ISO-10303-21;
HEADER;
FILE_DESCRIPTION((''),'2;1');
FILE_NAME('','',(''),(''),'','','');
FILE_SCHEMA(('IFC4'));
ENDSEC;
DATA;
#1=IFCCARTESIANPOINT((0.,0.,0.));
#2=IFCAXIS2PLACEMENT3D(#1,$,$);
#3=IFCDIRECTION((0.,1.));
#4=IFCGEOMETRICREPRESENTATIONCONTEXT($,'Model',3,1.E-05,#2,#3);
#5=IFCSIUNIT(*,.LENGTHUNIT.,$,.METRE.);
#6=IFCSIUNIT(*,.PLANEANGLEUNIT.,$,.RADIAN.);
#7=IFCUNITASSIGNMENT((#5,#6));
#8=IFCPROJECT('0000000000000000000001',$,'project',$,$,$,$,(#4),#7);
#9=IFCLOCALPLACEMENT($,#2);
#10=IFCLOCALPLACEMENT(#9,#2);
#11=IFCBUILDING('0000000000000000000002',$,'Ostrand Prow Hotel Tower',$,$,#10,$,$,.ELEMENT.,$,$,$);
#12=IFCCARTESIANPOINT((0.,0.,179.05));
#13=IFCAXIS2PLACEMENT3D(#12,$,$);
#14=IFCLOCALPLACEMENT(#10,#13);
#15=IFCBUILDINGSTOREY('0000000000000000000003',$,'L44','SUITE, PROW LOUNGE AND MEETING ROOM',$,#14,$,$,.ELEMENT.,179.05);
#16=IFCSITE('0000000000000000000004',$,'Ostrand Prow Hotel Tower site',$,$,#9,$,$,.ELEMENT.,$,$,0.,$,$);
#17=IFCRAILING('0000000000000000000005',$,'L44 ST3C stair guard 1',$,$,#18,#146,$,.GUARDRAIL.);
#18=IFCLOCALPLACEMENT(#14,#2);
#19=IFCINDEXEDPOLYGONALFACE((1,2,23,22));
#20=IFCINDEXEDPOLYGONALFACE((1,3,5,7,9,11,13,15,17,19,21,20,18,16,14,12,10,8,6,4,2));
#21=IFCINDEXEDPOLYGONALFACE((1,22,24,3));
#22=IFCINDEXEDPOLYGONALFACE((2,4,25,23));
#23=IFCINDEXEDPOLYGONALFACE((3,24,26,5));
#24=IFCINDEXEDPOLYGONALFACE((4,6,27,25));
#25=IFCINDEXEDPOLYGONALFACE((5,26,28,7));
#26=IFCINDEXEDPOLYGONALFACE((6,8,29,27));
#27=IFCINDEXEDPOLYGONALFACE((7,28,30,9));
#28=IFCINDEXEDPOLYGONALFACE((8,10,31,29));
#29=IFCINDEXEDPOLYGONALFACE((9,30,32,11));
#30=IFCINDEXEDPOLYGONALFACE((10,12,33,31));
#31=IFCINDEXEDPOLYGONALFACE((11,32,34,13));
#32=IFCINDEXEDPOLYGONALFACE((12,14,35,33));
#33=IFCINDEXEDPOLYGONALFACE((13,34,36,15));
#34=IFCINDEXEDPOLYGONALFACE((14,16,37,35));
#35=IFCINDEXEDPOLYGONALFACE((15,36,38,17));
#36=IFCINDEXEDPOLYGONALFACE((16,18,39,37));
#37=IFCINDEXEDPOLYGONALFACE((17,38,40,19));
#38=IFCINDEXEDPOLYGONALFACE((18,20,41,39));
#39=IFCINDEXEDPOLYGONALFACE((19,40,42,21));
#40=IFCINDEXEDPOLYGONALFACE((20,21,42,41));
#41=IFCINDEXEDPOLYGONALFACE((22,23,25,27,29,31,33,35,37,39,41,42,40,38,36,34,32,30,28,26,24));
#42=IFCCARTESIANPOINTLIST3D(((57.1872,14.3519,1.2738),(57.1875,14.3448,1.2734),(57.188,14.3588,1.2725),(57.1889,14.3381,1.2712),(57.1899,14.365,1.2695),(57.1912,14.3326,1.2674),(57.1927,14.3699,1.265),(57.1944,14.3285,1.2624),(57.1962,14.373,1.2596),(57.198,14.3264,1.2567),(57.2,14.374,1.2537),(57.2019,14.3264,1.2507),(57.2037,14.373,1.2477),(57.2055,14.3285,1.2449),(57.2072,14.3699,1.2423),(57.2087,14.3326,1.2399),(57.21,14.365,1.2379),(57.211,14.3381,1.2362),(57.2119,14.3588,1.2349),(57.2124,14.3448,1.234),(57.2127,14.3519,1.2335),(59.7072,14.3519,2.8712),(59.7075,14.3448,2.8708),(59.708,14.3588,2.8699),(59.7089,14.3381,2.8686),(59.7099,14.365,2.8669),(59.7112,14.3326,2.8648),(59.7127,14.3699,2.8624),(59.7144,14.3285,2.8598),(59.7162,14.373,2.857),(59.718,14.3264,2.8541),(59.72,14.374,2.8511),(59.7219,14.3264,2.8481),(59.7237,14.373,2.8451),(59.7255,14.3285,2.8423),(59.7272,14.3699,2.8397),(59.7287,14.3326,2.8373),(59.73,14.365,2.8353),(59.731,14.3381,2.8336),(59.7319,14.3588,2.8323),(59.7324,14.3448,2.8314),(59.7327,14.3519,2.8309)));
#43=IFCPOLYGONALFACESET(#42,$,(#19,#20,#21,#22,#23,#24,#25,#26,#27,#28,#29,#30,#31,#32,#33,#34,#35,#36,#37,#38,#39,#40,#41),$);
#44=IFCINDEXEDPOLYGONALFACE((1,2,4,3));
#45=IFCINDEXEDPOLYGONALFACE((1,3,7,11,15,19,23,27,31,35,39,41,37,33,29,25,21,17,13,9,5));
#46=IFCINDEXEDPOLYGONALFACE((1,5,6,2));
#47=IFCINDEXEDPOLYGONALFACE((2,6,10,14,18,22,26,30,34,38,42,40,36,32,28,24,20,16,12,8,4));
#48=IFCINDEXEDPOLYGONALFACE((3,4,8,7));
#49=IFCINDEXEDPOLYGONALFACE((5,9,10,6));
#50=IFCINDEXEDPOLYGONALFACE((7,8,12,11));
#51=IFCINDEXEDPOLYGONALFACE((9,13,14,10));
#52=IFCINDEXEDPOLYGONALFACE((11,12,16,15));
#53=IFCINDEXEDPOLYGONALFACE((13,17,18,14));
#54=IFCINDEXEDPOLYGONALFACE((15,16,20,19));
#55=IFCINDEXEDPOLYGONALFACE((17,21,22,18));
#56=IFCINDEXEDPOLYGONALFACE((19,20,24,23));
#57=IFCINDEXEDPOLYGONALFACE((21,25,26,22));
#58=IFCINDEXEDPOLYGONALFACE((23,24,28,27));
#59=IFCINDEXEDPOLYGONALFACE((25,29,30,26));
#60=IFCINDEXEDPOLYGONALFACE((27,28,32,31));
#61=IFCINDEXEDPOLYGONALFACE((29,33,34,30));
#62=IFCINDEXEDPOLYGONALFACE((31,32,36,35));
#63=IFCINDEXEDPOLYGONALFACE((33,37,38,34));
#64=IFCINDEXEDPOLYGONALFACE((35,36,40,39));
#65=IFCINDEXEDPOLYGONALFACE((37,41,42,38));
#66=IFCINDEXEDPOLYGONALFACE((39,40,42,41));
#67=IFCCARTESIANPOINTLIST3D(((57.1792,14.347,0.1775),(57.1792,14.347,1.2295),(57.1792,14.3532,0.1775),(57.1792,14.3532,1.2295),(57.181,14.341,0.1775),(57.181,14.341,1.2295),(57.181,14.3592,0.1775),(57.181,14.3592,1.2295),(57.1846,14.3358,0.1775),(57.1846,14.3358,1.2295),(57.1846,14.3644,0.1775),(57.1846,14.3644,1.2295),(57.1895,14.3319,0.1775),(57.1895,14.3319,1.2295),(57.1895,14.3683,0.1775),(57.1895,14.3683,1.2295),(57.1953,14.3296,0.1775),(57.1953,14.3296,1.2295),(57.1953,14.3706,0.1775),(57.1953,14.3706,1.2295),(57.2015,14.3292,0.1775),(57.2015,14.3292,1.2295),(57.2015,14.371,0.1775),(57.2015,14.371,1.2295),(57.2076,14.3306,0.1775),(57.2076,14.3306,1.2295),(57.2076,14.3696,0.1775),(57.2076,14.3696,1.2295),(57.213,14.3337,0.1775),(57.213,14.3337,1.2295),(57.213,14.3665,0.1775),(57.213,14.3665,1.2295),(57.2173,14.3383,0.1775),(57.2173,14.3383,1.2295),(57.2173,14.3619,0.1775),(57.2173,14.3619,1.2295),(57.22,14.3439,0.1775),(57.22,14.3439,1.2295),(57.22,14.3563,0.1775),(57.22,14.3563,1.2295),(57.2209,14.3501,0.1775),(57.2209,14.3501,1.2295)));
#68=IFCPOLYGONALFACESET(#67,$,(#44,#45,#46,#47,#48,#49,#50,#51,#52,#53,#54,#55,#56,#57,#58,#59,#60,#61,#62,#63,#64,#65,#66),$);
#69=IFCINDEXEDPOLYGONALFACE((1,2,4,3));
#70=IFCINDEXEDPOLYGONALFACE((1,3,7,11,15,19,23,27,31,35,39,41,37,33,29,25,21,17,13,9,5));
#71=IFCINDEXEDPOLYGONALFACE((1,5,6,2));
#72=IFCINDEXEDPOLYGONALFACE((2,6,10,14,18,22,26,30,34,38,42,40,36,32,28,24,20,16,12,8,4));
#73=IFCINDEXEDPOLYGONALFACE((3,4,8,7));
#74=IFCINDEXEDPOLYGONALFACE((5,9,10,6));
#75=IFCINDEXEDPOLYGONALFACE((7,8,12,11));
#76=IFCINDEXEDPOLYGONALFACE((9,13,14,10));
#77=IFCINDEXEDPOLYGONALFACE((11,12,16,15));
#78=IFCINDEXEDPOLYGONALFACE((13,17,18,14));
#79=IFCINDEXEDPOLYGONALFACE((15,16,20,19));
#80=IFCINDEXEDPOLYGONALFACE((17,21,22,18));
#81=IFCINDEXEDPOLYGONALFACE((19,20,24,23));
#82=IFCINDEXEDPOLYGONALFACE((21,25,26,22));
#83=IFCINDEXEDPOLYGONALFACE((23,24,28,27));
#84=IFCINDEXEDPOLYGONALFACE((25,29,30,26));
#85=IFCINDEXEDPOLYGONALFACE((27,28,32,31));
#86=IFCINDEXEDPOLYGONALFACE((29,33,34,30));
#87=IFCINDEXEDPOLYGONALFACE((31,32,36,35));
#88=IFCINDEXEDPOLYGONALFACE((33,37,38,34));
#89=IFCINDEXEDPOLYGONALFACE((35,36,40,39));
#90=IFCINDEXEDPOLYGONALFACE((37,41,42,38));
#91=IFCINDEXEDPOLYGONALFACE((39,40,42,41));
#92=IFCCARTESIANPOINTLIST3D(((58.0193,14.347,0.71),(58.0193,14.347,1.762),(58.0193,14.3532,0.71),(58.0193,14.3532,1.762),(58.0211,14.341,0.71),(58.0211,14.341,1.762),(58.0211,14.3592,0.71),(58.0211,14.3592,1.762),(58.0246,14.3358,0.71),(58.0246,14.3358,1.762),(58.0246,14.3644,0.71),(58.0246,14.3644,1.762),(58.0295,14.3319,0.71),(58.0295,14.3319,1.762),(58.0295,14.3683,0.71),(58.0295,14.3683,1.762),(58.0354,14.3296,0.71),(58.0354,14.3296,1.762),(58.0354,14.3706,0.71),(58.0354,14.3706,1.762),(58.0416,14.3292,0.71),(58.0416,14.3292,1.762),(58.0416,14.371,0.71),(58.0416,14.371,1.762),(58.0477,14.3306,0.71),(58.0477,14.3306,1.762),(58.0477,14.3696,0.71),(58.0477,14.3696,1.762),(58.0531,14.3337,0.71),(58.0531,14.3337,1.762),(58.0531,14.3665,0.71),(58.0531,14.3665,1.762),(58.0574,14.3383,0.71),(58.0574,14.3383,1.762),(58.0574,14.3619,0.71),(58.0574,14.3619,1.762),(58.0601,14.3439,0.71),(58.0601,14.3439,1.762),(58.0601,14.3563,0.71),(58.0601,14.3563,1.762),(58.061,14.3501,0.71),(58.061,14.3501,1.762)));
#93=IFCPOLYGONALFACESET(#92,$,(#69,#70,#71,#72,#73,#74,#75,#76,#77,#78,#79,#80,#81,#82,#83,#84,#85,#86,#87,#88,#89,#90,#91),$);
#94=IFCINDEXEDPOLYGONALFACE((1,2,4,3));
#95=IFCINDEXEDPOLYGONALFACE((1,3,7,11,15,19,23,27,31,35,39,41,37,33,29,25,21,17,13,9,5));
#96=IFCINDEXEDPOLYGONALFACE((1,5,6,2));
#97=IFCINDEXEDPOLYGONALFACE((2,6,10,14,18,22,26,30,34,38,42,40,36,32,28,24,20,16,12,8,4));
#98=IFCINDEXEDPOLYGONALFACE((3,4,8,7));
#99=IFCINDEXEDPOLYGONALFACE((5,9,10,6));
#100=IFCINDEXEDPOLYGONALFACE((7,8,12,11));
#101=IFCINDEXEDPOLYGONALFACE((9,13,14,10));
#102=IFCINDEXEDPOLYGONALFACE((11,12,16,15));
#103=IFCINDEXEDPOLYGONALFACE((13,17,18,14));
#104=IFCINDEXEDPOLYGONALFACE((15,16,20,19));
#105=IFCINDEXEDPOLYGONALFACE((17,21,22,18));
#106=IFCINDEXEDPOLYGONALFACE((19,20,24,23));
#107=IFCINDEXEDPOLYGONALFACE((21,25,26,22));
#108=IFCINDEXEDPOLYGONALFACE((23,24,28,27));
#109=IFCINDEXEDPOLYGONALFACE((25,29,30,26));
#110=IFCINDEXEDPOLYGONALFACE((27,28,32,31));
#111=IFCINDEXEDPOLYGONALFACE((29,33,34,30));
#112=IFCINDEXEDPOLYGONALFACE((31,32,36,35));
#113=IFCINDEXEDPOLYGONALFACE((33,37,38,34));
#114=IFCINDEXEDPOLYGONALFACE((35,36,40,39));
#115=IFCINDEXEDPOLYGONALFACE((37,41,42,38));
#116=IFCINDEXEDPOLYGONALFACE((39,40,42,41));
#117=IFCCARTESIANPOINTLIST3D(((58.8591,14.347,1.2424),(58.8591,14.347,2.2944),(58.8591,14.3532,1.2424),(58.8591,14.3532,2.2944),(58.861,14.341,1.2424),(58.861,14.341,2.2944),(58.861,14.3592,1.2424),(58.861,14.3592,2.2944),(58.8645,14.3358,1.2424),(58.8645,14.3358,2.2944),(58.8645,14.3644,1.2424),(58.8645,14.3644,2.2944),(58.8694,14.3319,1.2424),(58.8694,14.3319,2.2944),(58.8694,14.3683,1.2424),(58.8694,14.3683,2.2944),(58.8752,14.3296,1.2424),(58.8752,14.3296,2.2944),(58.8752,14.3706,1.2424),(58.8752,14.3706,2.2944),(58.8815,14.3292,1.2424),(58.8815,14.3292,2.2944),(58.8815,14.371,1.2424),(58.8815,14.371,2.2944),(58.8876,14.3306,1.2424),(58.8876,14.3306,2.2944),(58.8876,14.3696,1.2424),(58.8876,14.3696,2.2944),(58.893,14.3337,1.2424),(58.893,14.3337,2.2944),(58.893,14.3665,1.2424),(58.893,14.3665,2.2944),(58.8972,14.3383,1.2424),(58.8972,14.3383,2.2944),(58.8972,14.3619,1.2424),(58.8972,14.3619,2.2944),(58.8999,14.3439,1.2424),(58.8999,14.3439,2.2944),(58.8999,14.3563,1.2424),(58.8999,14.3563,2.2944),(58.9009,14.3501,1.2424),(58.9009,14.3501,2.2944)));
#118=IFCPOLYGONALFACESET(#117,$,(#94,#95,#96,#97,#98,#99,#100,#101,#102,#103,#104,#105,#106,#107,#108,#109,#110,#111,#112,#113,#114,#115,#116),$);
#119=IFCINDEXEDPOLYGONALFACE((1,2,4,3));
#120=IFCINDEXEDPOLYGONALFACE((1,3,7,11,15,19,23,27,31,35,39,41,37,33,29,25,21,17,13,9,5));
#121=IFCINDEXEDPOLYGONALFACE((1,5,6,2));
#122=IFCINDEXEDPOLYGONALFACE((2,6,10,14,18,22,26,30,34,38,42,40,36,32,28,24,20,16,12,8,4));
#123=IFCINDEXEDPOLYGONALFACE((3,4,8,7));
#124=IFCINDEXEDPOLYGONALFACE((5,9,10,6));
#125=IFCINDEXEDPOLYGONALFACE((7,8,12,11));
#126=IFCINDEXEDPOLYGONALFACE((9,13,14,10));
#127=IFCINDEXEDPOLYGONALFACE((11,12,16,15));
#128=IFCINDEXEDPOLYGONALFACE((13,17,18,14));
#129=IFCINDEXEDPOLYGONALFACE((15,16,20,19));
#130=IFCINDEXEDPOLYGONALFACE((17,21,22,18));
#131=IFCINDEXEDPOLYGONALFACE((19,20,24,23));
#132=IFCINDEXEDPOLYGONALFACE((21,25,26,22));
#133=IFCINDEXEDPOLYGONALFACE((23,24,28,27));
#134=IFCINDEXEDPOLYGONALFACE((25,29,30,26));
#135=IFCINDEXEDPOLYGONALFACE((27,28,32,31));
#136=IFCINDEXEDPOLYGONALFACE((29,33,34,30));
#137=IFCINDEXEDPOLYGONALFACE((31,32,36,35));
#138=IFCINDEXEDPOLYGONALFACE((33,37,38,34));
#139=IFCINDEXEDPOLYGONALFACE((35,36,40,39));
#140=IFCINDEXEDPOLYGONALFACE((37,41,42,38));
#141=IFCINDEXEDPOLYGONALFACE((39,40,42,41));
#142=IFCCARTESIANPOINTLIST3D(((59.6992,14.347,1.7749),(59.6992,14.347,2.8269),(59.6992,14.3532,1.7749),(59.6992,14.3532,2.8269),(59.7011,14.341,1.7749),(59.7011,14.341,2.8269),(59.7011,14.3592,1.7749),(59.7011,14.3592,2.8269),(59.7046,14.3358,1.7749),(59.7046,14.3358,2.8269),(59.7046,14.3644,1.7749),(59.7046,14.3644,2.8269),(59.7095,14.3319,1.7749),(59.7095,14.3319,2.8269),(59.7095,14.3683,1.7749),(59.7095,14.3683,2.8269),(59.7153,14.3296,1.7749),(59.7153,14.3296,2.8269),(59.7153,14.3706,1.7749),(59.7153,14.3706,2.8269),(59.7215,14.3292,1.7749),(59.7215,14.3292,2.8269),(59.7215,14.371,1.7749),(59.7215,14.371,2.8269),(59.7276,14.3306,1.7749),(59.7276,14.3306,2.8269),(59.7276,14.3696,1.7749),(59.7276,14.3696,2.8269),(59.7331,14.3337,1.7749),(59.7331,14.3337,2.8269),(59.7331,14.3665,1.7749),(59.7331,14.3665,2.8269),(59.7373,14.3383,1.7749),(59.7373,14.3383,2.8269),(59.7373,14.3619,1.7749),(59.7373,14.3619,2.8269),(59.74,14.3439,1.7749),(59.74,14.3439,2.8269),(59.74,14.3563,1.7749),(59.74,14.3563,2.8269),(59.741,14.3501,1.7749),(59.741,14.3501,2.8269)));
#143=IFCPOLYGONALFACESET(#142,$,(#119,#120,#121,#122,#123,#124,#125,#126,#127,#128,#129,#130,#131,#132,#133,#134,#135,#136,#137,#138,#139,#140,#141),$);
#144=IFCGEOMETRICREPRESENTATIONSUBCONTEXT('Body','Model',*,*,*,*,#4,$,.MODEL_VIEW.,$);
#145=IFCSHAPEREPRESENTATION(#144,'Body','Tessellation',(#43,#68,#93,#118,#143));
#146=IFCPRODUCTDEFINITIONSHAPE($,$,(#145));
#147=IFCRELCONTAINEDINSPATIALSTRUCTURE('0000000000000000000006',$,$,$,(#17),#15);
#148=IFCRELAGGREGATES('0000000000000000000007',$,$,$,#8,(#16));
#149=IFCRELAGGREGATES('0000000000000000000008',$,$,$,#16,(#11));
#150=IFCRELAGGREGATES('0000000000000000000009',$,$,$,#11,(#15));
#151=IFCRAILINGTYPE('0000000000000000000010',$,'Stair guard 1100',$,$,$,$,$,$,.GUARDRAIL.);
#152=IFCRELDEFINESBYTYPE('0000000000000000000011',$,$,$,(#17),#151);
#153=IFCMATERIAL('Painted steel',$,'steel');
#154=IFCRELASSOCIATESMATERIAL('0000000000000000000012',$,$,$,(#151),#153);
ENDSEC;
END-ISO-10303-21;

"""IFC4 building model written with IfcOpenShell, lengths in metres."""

from ifc_helpers import new_model, si_unit, direction, frame, origin, origin_2d, place, context, subcontext, project, spatial, circle, extrude, material, type_object, element, save


model = new_model("IFC4")

# Units and contexts
model_context = context("Model", 3, precision=1e-05, world=origin(), true_north=direction((0.0, 1.0)))
body_context = subcontext(model_context, "Body", "Model", "MODEL_VIEW")
ifc_project = project(units=[si_unit("LENGTHUNIT", "METRE"), si_unit("PLANEANGLEUNIT", "RADIAN")], contexts=[model_context])

# Site, building, storey
site_placement = place(None, origin())
site = spatial("IfcSite", under=ifc_project, at=site_placement, Name="Ostrand Prow Hotel Tower site", CompositionType="ELEMENT", RefElevation=0.0)
building_placement = place(site_placement, origin())
building = spatial("IfcBuilding", under=site, at=building_placement, Name="Ostrand Prow Hotel Tower", CompositionType="ELEMENT")
storey_placement = place(building_placement, frame((0.0, 0.0, 179.05)))
storey = spatial("IfcBuildingStorey", under=building, at=storey_placement, Name="L44", Description="SUITE, PROW LOUNGE AND MEETING ROOM", CompositionType="ELEMENT", Elevation=179.05)

# Railing
ifc_material_1 = material(Name="Painted steel", Category="steel")
railing_type_1 = type_object("IfcRailingType", Name="Stair guard 1100", PredefinedType="GUARDRAIL", material=ifc_material_1)
railing_1_placement = place(storey_placement, frame((57.2, 14.3501, 0.1775)))
element("IfcRailing", 1, at=railing_1_placement, inside=storey, type_object=railing_type_1, Name="L44 ST3C stair guard 1", PredefinedType="GUARDRAIL", context=body_context, shape_type="SweptSolid", body=[
    extrude(circle(Radius=0.0239, at=origin_2d()), frame((0.0, 0.0, 1.0762), z_axis=(0.844607, 0.0, 0.535387), x_axis=(0.0, 1.0, 0.0)), (0.0, 0.0, 1.0), 2.9836),
    extrude(circle(Radius=0.021, at=origin_2d()), origin(), (0.0, 0.0, 1.0), 1.052),
    extrude(circle(Radius=0.021, at=origin_2d()), frame((0.8401, 0.0, 0.5325)), (0.0, 0.0, 1.0), 1.052),
    extrude(circle(Radius=0.021, at=origin_2d()), frame((1.6799, 0.0, 1.0649)), (0.0, 0.0, 1.0), 1.052),
    extrude(circle(Radius=0.021, at=origin_2d()), frame((2.52, 0.0, 1.5974)), (0.0, 0.0, 1.0), 1.052),
])

save(model, "model.ifc")
